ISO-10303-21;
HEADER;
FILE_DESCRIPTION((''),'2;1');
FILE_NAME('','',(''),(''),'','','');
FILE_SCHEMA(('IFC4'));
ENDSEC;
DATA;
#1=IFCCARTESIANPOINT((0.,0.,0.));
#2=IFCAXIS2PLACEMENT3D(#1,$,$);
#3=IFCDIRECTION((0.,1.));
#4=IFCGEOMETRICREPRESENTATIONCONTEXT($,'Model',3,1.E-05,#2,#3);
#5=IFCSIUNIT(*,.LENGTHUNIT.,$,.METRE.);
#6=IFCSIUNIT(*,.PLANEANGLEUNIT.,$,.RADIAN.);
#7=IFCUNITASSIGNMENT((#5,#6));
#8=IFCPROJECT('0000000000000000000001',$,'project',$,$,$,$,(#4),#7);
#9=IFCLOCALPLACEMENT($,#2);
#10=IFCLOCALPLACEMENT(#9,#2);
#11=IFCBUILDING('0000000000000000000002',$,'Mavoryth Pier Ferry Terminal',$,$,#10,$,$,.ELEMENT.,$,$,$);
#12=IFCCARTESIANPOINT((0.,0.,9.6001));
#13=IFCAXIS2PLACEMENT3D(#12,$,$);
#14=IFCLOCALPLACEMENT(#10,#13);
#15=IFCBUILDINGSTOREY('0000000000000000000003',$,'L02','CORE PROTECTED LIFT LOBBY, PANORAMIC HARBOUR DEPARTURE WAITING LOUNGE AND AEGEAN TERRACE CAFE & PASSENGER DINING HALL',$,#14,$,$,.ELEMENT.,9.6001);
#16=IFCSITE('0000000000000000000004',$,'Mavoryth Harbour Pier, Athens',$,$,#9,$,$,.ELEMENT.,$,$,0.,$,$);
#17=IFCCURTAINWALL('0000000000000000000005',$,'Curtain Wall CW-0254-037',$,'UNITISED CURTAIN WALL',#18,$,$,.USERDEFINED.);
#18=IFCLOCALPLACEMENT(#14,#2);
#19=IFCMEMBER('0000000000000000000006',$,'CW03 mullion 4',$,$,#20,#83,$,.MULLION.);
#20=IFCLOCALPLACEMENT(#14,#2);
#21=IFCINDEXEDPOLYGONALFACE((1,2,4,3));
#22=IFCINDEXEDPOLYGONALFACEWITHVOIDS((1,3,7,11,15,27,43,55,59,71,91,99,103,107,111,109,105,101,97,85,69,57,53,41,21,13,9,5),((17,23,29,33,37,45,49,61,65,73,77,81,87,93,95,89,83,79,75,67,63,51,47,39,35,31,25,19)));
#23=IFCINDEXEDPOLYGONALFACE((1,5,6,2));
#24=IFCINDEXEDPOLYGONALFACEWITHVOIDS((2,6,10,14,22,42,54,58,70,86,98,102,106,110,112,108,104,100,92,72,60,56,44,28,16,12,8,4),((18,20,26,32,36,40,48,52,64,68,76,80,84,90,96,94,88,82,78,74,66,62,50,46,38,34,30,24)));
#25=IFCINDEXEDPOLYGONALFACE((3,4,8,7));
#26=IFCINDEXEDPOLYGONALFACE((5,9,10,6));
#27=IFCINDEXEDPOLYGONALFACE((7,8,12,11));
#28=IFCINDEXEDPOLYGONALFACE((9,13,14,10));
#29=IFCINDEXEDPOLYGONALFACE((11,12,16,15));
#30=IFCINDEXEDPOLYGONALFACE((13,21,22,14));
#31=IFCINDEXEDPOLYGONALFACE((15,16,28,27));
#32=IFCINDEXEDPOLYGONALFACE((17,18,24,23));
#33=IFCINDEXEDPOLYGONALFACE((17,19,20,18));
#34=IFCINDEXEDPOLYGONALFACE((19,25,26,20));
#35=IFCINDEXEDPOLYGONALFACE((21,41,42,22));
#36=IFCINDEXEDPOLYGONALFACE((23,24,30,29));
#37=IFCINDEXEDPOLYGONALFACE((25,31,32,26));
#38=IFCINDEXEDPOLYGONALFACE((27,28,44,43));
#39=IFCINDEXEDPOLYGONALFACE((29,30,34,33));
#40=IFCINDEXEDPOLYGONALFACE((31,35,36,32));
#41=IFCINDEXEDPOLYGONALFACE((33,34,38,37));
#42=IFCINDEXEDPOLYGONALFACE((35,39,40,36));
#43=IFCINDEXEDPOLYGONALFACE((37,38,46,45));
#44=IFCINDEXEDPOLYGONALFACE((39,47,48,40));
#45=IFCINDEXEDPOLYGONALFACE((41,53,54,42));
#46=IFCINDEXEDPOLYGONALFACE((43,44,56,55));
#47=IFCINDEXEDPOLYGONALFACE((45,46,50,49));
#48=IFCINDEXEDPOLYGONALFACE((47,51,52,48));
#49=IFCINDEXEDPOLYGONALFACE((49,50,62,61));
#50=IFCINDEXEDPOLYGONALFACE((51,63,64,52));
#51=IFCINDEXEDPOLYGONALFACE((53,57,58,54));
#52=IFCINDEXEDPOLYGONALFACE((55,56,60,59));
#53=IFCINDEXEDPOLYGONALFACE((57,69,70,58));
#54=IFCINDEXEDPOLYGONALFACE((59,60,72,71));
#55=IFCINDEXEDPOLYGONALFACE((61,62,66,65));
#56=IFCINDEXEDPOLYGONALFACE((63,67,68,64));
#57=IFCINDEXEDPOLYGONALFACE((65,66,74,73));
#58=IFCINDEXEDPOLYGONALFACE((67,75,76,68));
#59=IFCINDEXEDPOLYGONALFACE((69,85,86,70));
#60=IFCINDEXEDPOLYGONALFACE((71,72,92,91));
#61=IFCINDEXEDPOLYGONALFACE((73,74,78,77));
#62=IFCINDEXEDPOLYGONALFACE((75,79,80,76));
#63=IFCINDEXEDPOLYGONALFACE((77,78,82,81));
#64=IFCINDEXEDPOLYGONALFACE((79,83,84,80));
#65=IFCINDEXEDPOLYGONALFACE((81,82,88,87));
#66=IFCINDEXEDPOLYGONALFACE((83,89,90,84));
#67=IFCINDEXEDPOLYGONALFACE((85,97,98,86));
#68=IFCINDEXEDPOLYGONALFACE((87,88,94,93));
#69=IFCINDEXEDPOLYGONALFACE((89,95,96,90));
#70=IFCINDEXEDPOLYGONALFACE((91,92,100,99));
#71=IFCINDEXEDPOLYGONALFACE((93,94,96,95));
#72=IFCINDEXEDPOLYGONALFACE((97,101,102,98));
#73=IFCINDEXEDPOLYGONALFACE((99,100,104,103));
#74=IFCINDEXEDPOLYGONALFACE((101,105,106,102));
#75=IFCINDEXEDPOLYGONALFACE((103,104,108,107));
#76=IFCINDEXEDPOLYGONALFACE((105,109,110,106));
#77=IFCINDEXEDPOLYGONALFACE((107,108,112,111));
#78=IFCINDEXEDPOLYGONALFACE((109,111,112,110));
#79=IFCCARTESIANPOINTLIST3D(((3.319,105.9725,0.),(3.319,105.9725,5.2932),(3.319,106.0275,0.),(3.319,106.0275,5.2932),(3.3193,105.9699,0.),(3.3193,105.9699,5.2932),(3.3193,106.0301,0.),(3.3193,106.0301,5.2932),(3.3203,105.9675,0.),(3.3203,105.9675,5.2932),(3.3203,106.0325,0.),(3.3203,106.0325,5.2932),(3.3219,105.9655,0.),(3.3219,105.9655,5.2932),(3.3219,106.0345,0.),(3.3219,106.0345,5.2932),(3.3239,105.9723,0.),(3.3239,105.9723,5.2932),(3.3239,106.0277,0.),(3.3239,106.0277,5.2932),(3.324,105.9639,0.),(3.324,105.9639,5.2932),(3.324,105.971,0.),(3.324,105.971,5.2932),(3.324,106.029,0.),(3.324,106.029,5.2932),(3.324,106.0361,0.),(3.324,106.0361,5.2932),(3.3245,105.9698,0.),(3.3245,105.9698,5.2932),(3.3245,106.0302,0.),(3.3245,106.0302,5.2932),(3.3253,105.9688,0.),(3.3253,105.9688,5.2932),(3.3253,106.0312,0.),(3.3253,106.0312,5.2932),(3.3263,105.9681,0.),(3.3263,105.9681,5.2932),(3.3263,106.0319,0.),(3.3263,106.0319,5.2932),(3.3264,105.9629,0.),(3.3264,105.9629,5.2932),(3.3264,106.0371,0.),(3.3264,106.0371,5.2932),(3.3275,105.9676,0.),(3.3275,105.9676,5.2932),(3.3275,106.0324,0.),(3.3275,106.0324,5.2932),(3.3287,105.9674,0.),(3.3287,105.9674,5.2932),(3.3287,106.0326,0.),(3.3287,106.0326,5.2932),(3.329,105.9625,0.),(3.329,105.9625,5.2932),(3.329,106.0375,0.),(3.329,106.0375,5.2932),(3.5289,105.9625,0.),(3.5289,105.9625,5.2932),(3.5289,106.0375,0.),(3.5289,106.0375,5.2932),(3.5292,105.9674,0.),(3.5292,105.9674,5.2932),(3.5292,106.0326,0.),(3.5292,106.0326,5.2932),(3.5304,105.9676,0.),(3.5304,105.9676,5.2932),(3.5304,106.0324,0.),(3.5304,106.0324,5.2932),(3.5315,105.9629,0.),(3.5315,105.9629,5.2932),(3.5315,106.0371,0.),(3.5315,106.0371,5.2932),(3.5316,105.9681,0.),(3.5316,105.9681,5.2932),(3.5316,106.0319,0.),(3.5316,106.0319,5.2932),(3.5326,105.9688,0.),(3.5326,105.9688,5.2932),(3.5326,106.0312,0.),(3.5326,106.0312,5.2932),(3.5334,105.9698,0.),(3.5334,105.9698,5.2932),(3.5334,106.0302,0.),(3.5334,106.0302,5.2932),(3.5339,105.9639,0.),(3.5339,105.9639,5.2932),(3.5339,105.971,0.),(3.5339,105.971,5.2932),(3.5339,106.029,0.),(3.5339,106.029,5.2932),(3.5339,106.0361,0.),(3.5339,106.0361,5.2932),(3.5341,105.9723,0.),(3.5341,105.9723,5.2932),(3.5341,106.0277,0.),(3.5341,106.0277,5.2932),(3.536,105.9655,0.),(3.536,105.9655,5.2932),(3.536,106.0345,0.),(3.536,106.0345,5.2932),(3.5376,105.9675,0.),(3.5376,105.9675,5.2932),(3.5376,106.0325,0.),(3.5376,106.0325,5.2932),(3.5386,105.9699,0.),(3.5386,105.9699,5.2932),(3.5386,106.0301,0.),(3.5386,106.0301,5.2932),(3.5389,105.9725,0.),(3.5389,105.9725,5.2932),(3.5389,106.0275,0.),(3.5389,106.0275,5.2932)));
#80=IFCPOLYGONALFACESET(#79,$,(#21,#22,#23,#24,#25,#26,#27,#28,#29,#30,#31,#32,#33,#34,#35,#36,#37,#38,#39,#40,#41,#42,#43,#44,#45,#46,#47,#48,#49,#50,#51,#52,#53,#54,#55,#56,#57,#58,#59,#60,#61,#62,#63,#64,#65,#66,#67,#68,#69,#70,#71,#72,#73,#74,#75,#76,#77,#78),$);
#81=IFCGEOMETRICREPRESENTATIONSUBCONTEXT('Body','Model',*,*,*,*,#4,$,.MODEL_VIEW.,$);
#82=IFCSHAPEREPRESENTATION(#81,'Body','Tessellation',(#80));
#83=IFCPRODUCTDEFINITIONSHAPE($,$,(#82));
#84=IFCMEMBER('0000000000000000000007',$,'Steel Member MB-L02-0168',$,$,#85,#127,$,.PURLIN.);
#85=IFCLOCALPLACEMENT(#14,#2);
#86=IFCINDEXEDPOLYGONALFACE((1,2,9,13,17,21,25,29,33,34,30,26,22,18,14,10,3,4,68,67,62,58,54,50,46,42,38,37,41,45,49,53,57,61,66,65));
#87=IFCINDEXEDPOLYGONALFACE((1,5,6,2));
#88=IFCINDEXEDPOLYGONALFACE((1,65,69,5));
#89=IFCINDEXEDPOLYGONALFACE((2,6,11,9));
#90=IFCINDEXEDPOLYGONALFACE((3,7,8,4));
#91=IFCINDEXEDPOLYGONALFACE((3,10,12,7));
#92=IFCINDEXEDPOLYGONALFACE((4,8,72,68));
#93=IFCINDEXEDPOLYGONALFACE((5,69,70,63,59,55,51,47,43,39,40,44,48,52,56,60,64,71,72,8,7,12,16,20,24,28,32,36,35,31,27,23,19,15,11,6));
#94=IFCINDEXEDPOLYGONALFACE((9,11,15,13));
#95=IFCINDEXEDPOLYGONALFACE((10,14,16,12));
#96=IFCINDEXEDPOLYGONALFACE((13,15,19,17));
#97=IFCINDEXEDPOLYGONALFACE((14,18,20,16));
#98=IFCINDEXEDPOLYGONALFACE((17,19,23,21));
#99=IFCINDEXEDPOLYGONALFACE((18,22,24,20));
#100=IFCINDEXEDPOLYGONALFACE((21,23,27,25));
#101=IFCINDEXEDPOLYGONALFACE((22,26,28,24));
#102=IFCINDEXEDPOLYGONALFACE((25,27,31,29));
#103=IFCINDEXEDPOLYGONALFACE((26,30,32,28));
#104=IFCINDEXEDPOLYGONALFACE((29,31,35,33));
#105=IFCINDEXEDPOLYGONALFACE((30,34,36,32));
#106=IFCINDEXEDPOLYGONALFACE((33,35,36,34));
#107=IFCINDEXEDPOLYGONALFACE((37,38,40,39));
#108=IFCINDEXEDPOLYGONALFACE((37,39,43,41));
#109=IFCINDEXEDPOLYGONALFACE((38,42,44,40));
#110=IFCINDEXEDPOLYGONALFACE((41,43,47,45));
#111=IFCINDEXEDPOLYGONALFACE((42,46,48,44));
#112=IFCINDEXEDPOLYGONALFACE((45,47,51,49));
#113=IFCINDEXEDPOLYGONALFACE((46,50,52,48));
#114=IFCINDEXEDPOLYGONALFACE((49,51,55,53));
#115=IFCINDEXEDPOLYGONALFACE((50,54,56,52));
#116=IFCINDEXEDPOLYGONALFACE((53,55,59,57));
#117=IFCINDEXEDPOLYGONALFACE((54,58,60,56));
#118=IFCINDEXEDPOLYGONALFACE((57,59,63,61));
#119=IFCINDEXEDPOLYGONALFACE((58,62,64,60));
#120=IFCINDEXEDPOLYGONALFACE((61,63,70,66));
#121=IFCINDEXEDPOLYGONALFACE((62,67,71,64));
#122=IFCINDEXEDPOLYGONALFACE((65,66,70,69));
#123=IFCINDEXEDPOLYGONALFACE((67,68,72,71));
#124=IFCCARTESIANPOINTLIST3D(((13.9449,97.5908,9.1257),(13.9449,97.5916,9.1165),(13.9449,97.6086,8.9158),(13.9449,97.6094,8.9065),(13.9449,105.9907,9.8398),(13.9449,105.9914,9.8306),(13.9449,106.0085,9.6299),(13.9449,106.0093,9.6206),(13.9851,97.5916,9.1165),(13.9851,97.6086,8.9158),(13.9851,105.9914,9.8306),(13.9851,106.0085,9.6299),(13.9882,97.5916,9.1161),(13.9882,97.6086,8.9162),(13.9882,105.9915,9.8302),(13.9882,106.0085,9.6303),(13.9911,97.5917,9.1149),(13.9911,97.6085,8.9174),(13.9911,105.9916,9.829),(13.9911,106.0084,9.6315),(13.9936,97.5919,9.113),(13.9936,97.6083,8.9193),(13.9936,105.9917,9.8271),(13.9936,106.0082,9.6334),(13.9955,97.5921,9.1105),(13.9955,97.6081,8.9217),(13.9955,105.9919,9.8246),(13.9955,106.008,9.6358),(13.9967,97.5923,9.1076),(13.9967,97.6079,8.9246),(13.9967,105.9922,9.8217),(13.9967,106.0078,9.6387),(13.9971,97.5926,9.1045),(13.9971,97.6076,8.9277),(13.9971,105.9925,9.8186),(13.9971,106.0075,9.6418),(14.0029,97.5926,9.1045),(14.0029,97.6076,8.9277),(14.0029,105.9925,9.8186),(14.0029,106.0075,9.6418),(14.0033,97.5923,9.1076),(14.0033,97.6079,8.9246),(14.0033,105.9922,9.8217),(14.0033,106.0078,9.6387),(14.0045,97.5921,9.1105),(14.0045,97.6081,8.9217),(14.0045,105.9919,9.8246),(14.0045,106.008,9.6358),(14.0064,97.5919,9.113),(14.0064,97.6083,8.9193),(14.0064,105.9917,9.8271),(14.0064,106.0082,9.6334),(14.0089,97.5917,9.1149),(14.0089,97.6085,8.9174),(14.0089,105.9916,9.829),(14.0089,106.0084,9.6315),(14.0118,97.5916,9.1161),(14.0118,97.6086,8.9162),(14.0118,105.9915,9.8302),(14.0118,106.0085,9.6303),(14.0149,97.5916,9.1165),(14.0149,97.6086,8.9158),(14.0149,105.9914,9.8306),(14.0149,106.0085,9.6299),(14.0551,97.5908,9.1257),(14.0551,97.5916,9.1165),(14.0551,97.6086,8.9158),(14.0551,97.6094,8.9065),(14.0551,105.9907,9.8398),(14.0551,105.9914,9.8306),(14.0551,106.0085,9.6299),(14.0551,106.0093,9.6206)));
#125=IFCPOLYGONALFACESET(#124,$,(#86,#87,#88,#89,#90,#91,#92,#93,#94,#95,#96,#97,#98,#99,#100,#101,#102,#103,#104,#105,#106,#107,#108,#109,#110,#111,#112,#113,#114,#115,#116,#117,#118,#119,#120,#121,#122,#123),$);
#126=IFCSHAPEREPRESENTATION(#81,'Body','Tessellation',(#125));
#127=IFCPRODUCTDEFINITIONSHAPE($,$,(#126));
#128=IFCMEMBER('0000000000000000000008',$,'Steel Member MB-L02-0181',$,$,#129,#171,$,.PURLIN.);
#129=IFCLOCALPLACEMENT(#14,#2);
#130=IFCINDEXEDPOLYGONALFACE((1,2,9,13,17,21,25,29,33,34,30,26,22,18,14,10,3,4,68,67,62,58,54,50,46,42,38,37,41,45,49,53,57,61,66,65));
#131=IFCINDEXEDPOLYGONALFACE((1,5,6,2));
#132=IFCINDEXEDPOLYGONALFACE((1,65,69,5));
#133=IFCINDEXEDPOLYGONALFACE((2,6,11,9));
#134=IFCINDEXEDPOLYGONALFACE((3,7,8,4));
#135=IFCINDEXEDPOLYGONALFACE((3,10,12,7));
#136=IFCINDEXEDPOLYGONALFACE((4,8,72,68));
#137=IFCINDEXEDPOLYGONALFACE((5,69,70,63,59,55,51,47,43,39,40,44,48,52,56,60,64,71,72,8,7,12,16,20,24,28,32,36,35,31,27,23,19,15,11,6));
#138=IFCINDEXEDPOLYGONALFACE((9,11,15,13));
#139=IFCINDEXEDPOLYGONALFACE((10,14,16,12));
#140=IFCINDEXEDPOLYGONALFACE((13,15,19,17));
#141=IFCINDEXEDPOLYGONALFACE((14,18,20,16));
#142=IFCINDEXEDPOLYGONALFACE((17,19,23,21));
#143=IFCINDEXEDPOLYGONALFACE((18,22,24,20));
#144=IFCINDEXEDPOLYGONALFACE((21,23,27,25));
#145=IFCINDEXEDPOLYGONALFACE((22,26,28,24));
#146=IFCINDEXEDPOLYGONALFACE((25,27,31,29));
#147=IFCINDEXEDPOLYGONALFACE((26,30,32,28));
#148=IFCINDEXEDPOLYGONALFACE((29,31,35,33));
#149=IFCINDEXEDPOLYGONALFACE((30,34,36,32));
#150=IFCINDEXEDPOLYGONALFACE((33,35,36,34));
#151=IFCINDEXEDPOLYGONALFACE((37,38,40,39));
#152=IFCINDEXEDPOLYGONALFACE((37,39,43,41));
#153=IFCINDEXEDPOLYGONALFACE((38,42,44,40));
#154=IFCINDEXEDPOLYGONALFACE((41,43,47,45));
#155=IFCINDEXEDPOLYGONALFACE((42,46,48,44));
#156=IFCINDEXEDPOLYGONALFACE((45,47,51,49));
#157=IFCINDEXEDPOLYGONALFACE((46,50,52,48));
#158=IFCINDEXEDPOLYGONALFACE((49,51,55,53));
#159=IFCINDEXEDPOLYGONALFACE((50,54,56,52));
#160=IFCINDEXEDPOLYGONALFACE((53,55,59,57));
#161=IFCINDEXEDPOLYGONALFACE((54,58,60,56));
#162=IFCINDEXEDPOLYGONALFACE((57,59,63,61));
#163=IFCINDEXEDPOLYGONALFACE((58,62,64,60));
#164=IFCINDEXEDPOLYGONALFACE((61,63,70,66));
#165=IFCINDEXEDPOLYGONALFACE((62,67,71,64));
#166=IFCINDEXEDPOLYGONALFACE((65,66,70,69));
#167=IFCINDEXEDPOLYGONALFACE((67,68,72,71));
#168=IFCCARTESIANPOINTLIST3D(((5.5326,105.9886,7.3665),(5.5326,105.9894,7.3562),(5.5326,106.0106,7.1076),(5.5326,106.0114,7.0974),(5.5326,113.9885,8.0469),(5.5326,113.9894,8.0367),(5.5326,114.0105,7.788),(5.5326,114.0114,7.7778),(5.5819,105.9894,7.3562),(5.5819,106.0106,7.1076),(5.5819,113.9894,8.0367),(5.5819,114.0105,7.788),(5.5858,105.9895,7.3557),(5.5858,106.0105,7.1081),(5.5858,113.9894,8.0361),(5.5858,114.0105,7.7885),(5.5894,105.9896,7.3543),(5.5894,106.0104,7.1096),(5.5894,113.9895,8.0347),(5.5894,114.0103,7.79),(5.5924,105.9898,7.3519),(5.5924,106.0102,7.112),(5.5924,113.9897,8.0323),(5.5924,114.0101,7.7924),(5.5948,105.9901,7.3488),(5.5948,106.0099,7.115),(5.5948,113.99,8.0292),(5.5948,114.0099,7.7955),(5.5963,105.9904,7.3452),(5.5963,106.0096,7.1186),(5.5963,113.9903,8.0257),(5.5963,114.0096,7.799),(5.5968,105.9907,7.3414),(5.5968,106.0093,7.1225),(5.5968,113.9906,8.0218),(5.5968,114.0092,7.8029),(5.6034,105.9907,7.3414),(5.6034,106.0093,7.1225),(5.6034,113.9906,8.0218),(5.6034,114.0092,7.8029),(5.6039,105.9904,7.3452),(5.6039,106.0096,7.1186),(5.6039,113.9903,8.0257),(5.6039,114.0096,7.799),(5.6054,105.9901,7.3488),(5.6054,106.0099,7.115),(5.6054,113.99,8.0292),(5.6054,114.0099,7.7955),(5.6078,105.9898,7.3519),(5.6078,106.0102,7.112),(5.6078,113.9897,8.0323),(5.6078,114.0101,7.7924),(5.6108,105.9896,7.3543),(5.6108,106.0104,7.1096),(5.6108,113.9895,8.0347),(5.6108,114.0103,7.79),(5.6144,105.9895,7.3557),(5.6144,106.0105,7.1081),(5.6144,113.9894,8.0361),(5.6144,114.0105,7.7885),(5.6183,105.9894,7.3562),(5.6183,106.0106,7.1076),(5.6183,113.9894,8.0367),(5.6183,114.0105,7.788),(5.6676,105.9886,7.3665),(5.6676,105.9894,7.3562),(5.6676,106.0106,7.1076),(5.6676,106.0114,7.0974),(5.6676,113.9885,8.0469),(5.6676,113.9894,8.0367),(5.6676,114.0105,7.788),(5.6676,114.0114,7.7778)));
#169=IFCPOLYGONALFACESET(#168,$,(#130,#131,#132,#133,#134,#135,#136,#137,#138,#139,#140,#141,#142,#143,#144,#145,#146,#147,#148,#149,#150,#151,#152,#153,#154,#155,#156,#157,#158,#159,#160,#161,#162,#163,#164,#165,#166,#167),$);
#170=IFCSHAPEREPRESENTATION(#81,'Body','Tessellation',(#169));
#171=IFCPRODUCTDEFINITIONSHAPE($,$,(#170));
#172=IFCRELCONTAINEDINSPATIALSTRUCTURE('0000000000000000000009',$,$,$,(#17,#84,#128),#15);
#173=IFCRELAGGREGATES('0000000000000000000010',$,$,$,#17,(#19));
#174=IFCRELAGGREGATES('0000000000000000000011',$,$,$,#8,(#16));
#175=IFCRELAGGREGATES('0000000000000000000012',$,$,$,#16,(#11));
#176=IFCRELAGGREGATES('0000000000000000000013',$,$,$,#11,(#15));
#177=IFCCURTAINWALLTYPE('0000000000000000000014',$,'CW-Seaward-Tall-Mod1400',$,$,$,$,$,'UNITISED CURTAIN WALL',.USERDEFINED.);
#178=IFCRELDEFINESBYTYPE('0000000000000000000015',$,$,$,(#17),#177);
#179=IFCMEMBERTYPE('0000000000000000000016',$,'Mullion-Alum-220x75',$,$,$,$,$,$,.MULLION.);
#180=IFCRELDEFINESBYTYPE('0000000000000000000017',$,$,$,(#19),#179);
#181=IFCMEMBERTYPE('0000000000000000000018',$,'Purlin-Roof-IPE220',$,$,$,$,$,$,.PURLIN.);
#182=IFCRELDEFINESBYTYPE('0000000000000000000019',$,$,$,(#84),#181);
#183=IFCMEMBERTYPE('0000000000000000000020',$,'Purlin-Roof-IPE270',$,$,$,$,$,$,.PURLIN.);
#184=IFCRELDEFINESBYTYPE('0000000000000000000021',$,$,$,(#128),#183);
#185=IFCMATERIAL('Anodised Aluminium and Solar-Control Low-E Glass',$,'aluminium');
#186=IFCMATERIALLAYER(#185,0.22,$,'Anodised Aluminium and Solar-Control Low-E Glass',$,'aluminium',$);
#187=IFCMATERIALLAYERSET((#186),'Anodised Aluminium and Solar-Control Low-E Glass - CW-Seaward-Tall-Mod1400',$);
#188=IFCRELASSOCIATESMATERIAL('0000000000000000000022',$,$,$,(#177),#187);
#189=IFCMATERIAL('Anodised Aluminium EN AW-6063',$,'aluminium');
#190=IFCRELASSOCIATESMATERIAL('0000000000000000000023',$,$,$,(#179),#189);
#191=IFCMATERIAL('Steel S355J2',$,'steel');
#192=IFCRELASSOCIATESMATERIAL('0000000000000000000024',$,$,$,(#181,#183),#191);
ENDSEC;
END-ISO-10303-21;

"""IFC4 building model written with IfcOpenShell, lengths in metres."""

from ifc_helpers import new_model, si_unit, direction, frame, origin, origin_2d, place, context, subcontext, project, spatial, hollow_rectangle, i_section, extrude, material, layer, layer_set, material_profile, profile_set, type_object, element, aggregate, save


model = new_model("IFC4")

# Units and contexts
model_context = context("Model", 3, precision=1e-05, world=origin(), true_north=direction((0.0, 1.0)))
body_context = subcontext(model_context, "Body", "Model", "MODEL_VIEW")
ifc_project = project(units=[si_unit("LENGTHUNIT", "METRE"), si_unit("PLANEANGLEUNIT", "RADIAN")], contexts=[model_context])

# Site, building, storey
site_placement = place(None, origin())
site = spatial("IfcSite", under=ifc_project, at=site_placement, Name="Mavoryth Harbour Pier, Athens", CompositionType="ELEMENT", RefElevation=0.0)
building_placement = place(site_placement, origin())
building = spatial("IfcBuilding", under=site, at=building_placement, Name="Mavoryth Pier Ferry Terminal", CompositionType="ELEMENT")
storey_placement = place(building_placement, frame((0.0, 0.0, 9.6001)))
storey = spatial("IfcBuildingStorey", under=building, at=storey_placement, Name="L02", Description="CORE PROTECTED LIFT LOBBY, PANORAMIC HARBOUR DEPARTURE WAITING LOUNGE AND AEGEAN TERRACE CAFE & PASSENGER DINING HALL", CompositionType="ELEMENT", Elevation=9.6001)

# Shared definitions
ifc_material_1 = material(Name="Steel S355J2", Category="steel")

# Curtain wall, member
ifc_material_2 = material(Name="Anodised Aluminium and Solar-Control Low-E Glass", Category="aluminium")
ifc_layer_1 = layer(ifc_material_2, 0.22, Name="Anodised Aluminium and Solar-Control Low-E Glass", Category="aluminium")
ifc_layer_set_1 = layer_set([ifc_layer_1], Name="Anodised Aluminium and Solar-Control Low-E Glass - CW-Seaward-Tall-Mod1400")
curtain_wall_type = type_object("IfcCurtainWallType", Name="CW-Seaward-Tall-Mod1400", ElementType="UNITISED CURTAIN WALL", PredefinedType="USERDEFINED", material=ifc_layer_set_1)
curtain_wall_placement = place(storey_placement, origin())
curtain_wall = element("IfcCurtainWall", 1, at=curtain_wall_placement, inside=storey, type_object=curtain_wall_type, Name="Curtain Wall CW-0254-037", ObjectType="UNITISED CURTAIN WALL", PredefinedType="USERDEFINED")
ifc_material_3 = material(Name="Anodised Aluminium EN AW-6063", Category="aluminium")
ifc_material_profile_1 = material_profile(ifc_material_3, hollow_rectangle(XDim=0.075, YDim=0.22, WallThickness=0.0049, InnerFilletRadius=0.0049, OuterFilletRadius=0.01, at=origin_2d()), Name="AL-MULL 220x75x5", Category="aluminium")
ifc_profile_set_1 = profile_set([ifc_material_profile_1], Name="Anodised Aluminium EN AW-6063 - AL-MULL 220x75x5")
member_type_1 = type_object("IfcMemberType", Name="Mullion-Alum-220x75", PredefinedType="MULLION", material=ifc_profile_set_1)
member_1_placement = place(storey_placement, frame((3.429, 106.0, 0.0), z_axis=(0.0, 0.0, 1.0), x_axis=(0.0, -1.0, 0.0)))
member_1 = element("IfcMember", 2, at=member_1_placement, type_object=member_type_1, Name="CW03 mullion 4", PredefinedType="MULLION", context=body_context, shape_type="SweptSolid", body=[
    extrude(hollow_rectangle(XDim=0.075, YDim=0.22, WallThickness=0.0049, InnerFilletRadius=0.0049, OuterFilletRadius=0.01, at=origin_2d()), origin(), (0.0, 0.0, 1.0), 5.2932),
])

# Members
ifc_material_profile_2 = material_profile(ifc_material_1, i_section(OverallWidth=0.1101, OverallDepth=0.22, WebThickness=0.0059, FlangeThickness=0.0093, FilletRadius=0.012, at=origin_2d()), Name="IPE 220", Category="steel")
ifc_profile_set_2 = profile_set([ifc_material_profile_2], Name="Steel S355J2 - IPE 220")
member_type_2 = type_object("IfcMemberType", Name="Purlin-Roof-IPE220", PredefinedType="PURLIN", material=ifc_profile_set_2)
member_2_placement = place(storey_placement, frame((14.0, 97.6001, 9.0161), z_axis=(0.0, 0.996406, 0.084709), x_axis=(-1.0, 0.0, 0.0)))
element("IfcMember", 3, at=member_2_placement, inside=storey, type_object=member_type_2, Name="Steel Member MB-L02-0168", PredefinedType="PURLIN", context=body_context, shape_type="SweptSolid", body=[
    extrude(i_section(OverallWidth=0.1101, OverallDepth=0.22, WebThickness=0.0059, FlangeThickness=0.0093, FilletRadius=0.012, at=origin_2d()), origin(), (0.0, 0.0, 1.0), 8.4302),
])
ifc_material_profile_3 = material_profile(ifc_material_1, i_section(OverallWidth=0.135, OverallDepth=0.27, WebThickness=0.0066, FlangeThickness=0.0103, FilletRadius=0.0149, at=origin_2d()), Name="IPE 270", Category="steel")
ifc_profile_set_3 = profile_set([ifc_material_profile_3], Name="Steel S355J2 - IPE 270")
member_type_3 = type_object("IfcMemberType", Name="Purlin-Roof-IPE270", PredefinedType="PURLIN", material=ifc_profile_set_3)
member_3_placement = place(storey_placement, frame((5.6001, 106.0, 7.2319), z_axis=(0.0, 0.996403, 0.084747), x_axis=(-1.0, 0.0, 0.0)))
element("IfcMember", 4, at=member_3_placement, inside=storey, type_object=member_type_3, Name="Steel Member MB-L02-0181", PredefinedType="PURLIN", context=body_context, shape_type="SweptSolid", body=[
    extrude(i_section(OverallWidth=0.135, OverallDepth=0.27, WebThickness=0.0066, FlangeThickness=0.0103, FilletRadius=0.0149, at=origin_2d()), origin(), (0.0, 0.0, 1.0), 8.0288),
])

aggregate(curtain_wall, [member_1])

save(model, "model.ifc")
